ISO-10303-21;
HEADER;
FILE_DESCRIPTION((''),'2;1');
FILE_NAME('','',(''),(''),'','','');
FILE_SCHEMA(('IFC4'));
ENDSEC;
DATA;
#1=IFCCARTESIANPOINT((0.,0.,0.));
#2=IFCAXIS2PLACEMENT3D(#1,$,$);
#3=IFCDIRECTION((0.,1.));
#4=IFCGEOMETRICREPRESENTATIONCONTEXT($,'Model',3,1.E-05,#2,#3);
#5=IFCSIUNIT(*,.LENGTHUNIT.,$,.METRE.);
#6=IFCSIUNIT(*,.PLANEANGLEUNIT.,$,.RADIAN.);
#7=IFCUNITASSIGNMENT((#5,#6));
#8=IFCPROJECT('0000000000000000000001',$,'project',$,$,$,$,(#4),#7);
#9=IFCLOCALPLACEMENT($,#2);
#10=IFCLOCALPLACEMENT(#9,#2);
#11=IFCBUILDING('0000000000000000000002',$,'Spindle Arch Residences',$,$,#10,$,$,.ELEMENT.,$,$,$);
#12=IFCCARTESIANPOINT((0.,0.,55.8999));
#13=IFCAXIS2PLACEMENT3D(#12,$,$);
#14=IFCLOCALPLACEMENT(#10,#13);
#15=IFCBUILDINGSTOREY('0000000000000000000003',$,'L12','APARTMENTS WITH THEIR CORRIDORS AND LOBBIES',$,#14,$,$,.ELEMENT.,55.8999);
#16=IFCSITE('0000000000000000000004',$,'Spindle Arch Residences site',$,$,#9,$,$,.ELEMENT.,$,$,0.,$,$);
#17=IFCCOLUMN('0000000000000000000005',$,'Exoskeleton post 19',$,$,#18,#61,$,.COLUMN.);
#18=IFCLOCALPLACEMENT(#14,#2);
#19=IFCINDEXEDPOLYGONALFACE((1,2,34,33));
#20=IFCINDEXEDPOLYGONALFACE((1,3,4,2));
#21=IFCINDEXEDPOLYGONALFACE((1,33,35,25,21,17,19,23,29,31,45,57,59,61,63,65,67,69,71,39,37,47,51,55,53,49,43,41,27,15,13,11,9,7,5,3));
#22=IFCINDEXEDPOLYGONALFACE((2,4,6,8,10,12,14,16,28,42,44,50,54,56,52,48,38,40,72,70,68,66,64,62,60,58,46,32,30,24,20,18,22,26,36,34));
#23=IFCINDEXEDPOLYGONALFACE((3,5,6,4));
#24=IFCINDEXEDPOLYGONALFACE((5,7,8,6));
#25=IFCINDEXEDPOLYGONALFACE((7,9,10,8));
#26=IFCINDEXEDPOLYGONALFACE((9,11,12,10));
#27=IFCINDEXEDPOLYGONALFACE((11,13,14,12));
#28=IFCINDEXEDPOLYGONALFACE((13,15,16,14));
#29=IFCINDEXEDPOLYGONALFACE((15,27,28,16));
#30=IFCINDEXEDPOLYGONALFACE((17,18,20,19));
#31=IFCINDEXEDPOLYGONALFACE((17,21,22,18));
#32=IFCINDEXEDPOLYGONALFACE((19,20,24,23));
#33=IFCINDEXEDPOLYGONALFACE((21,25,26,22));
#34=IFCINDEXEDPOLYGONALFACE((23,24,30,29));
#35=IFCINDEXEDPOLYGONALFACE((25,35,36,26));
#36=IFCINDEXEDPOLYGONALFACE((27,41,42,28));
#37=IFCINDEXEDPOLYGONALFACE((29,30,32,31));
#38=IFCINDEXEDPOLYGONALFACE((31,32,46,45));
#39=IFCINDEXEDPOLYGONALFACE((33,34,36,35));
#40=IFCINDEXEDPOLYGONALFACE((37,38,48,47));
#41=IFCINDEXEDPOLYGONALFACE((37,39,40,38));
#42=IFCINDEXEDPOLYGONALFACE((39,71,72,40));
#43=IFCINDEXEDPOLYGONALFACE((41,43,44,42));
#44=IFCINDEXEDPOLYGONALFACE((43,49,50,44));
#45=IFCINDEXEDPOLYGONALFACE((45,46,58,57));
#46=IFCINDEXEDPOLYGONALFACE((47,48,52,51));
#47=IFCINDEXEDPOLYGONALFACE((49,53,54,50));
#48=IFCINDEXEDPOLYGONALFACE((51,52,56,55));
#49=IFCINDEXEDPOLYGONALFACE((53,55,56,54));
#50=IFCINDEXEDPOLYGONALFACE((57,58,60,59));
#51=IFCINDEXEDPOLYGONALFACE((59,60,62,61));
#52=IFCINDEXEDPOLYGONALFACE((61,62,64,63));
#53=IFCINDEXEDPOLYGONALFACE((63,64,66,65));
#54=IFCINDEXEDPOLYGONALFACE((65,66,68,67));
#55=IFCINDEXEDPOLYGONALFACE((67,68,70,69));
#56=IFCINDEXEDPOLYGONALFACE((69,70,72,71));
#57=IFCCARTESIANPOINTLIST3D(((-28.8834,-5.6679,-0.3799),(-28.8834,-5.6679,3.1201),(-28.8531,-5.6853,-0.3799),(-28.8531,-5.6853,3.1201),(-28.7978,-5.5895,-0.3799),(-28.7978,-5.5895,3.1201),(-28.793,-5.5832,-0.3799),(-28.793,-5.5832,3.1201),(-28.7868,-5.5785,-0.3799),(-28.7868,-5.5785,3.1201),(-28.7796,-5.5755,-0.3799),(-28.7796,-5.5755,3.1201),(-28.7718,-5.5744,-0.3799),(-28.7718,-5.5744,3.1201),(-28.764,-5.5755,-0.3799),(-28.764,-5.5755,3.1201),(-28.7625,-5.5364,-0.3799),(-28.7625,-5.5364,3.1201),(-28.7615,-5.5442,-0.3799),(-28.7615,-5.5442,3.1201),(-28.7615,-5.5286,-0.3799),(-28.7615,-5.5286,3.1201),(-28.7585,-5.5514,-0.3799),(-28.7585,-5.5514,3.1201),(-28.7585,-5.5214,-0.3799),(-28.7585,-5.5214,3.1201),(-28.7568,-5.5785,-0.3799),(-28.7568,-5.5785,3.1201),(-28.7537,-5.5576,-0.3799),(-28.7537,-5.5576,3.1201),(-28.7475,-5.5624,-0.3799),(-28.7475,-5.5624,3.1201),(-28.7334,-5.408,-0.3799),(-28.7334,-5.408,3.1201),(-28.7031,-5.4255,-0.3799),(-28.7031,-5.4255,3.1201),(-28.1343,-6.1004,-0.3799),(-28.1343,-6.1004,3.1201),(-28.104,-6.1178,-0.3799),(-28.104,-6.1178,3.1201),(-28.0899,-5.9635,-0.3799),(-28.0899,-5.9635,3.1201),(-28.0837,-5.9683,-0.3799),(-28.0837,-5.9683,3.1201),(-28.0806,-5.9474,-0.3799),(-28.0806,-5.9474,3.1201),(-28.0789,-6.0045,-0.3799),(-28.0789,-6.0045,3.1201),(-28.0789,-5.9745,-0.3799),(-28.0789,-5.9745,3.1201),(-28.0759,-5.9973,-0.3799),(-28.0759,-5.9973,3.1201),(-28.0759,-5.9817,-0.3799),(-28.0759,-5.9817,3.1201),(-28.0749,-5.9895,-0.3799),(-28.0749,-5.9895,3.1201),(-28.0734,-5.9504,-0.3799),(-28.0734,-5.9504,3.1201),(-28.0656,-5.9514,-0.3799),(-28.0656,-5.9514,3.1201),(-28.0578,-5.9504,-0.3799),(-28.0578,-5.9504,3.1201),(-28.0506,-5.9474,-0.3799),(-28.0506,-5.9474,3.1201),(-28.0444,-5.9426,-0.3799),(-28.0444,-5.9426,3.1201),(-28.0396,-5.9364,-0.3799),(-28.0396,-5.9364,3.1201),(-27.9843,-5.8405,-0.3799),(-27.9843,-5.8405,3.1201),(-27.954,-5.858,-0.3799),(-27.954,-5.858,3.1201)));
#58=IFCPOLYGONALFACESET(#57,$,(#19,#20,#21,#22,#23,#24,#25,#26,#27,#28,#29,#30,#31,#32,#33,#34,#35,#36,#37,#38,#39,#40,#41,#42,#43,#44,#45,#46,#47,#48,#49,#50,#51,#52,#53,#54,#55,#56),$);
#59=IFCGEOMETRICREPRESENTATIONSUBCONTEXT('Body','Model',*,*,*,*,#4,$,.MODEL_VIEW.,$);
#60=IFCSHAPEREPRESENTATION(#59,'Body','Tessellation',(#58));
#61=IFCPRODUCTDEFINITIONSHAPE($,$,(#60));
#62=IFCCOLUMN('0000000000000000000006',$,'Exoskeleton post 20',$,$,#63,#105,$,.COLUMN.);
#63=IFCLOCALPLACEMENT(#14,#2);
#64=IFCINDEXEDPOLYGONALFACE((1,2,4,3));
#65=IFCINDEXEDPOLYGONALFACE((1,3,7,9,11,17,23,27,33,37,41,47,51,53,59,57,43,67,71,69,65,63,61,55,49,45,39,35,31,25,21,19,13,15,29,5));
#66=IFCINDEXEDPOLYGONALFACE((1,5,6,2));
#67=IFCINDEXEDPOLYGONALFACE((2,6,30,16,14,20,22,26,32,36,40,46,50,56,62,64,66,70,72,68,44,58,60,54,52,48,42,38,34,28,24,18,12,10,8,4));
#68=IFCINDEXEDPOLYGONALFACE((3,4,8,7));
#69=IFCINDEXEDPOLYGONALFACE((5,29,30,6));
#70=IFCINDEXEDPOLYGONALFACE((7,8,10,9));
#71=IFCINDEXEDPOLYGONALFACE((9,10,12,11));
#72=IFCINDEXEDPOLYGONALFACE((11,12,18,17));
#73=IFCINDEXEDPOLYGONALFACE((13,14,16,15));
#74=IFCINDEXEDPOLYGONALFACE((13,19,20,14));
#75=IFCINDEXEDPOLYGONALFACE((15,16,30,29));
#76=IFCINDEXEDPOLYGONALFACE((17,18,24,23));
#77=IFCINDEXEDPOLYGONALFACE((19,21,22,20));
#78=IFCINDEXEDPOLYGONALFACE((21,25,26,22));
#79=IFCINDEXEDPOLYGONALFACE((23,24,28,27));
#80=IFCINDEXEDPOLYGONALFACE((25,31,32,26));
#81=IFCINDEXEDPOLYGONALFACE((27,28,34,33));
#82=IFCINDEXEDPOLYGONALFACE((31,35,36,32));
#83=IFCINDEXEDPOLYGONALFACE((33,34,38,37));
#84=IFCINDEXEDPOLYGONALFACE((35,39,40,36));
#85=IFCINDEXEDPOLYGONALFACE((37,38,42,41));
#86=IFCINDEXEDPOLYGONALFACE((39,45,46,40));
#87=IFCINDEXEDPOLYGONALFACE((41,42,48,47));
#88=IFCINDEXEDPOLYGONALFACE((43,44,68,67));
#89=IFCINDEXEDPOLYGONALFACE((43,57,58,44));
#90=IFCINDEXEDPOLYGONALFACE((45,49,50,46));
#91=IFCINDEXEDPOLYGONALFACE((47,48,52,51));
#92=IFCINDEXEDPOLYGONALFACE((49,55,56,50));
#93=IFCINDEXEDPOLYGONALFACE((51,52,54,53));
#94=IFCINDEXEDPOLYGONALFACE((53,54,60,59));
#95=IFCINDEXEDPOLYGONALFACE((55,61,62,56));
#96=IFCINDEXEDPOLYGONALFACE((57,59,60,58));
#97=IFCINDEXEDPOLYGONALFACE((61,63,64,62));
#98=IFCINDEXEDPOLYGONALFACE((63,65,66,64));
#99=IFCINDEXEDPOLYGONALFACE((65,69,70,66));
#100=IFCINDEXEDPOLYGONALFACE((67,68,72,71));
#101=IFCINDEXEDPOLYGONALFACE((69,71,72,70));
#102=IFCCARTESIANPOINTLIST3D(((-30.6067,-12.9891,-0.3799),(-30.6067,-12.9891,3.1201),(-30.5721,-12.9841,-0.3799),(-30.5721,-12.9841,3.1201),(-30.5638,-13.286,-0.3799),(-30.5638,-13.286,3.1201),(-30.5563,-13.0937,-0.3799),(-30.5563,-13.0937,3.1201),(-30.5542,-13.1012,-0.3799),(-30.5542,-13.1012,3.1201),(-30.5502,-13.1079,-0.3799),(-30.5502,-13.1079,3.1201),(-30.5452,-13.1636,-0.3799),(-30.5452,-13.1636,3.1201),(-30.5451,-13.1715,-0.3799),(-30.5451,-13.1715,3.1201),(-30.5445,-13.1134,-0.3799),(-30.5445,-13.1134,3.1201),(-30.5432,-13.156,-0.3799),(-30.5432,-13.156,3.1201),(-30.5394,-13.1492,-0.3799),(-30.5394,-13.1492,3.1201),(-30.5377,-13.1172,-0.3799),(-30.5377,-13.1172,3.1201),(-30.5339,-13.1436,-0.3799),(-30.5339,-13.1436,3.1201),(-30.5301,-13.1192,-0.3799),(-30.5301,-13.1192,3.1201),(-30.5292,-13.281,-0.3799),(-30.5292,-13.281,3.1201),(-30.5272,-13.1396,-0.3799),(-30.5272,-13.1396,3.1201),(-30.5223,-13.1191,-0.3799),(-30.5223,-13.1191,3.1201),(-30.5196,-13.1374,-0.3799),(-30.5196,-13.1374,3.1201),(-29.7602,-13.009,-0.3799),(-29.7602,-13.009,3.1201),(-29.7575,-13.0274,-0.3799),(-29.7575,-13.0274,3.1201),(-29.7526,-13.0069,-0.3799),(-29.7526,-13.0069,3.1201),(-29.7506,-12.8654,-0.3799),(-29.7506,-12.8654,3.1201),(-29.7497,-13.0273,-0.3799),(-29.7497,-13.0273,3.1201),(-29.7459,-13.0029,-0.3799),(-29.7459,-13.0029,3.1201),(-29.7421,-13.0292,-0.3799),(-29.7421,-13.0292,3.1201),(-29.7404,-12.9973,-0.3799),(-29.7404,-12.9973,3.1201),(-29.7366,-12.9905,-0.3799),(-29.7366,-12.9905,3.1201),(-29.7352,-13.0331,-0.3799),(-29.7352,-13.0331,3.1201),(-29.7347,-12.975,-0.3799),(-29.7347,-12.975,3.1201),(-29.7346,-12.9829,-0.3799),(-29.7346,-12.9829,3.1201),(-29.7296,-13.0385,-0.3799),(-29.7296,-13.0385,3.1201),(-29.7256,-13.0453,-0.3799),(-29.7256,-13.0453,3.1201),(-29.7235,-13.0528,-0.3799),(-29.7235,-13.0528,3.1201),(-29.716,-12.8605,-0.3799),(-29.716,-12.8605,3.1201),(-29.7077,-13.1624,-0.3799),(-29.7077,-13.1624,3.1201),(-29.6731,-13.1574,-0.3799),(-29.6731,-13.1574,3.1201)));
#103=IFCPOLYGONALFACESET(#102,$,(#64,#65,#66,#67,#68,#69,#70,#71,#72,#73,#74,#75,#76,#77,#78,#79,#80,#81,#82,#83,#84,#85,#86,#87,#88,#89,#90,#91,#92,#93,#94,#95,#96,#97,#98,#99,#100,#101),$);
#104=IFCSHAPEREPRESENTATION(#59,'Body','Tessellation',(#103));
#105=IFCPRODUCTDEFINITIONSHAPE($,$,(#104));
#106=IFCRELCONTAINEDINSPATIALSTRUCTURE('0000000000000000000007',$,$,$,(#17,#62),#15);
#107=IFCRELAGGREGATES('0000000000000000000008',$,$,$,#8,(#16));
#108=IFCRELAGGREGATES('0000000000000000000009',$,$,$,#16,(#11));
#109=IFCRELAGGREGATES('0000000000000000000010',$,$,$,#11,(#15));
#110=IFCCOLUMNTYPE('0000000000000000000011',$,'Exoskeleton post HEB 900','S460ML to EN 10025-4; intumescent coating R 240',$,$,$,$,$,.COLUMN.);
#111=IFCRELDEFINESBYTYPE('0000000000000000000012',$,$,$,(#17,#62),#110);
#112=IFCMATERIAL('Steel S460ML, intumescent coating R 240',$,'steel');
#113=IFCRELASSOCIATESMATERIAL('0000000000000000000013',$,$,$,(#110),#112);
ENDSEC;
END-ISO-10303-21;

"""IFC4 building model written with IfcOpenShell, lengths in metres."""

from ifc_helpers import new_model, si_unit, direction, frame, origin, origin_2d, place, context, subcontext, project, spatial, i_section, extrude, material, material_profile, profile_set, type_object, element, save


model = new_model("IFC4")

# Units and contexts
model_context = context("Model", 3, precision=1e-05, world=origin(), true_north=direction((0.0, 1.0)))
body_context = subcontext(model_context, "Body", "Model", "MODEL_VIEW")
ifc_project = project(units=[si_unit("LENGTHUNIT", "METRE"), si_unit("PLANEANGLEUNIT", "RADIAN")], contexts=[model_context])

# Site, building, storey
site_placement = place(None, origin())
site = spatial("IfcSite", under=ifc_project, at=site_placement, Name="Spindle Arch Residences site", CompositionType="ELEMENT", RefElevation=0.0)
building_placement = place(site_placement, origin())
building = spatial("IfcBuilding", under=site, at=building_placement, Name="Spindle Arch Residences", CompositionType="ELEMENT")
storey_placement = place(building_placement, frame((0.0, 0.0, 55.8999)))
storey = spatial("IfcBuildingStorey", under=building, at=storey_placement, Name="L12", Description="APARTMENTS WITH THEIR CORRIDORS AND LOBBIES", CompositionType="ELEMENT", Elevation=55.8999)

# Columns
ifc_material_1 = material(Name="Steel S460ML, intumescent coating R 240", Category="steel")
ifc_material_profile_1 = material_profile(ifc_material_1, i_section(OverallWidth=0.3, OverallDepth=0.8999, WebThickness=0.0186, FlangeThickness=0.0349, FilletRadius=0.03, at=origin_2d()), Name="HEB 900")
ifc_profile_set_1 = profile_set([ifc_material_profile_1], Name="Steel S460ML, intumescent coating R 240")
column_type_1 = type_object("IfcColumnType", Name="Exoskeleton post HEB 900", Description="S460ML to EN 10025-4; intumescent coating R 240", PredefinedType="COLUMN", material=ifc_profile_set_1)
for number, where, z_axis, x_axis, name in (
    (1, (-28.4187, -5.7629, -0.3799), (0.0, 0.0, 1.0), (0.5, 0.866025, 0.0), "Exoskeleton post 19"),
    (2, (-30.1399, -13.0732, -0.3799), (0.0, 0.0, 1.0), (-0.142906, 0.989736, 0.0), "Exoskeleton post 20"),
):
    element("IfcColumn", number, at=place(storey_placement, frame(where, z_axis=z_axis, x_axis=x_axis)), inside=storey, type_object=column_type_1, Name=name, PredefinedType="COLUMN", context=body_context, shape_type="SweptSolid", body=[
        extrude(i_section(OverallWidth=0.3, OverallDepth=0.8999, WebThickness=0.0186, FlangeThickness=0.0349, FilletRadius=0.03, at=origin_2d()), origin(), (0.0, 0.0, 1.0), 3.5),
    ])

save(model, "model.ifc")
